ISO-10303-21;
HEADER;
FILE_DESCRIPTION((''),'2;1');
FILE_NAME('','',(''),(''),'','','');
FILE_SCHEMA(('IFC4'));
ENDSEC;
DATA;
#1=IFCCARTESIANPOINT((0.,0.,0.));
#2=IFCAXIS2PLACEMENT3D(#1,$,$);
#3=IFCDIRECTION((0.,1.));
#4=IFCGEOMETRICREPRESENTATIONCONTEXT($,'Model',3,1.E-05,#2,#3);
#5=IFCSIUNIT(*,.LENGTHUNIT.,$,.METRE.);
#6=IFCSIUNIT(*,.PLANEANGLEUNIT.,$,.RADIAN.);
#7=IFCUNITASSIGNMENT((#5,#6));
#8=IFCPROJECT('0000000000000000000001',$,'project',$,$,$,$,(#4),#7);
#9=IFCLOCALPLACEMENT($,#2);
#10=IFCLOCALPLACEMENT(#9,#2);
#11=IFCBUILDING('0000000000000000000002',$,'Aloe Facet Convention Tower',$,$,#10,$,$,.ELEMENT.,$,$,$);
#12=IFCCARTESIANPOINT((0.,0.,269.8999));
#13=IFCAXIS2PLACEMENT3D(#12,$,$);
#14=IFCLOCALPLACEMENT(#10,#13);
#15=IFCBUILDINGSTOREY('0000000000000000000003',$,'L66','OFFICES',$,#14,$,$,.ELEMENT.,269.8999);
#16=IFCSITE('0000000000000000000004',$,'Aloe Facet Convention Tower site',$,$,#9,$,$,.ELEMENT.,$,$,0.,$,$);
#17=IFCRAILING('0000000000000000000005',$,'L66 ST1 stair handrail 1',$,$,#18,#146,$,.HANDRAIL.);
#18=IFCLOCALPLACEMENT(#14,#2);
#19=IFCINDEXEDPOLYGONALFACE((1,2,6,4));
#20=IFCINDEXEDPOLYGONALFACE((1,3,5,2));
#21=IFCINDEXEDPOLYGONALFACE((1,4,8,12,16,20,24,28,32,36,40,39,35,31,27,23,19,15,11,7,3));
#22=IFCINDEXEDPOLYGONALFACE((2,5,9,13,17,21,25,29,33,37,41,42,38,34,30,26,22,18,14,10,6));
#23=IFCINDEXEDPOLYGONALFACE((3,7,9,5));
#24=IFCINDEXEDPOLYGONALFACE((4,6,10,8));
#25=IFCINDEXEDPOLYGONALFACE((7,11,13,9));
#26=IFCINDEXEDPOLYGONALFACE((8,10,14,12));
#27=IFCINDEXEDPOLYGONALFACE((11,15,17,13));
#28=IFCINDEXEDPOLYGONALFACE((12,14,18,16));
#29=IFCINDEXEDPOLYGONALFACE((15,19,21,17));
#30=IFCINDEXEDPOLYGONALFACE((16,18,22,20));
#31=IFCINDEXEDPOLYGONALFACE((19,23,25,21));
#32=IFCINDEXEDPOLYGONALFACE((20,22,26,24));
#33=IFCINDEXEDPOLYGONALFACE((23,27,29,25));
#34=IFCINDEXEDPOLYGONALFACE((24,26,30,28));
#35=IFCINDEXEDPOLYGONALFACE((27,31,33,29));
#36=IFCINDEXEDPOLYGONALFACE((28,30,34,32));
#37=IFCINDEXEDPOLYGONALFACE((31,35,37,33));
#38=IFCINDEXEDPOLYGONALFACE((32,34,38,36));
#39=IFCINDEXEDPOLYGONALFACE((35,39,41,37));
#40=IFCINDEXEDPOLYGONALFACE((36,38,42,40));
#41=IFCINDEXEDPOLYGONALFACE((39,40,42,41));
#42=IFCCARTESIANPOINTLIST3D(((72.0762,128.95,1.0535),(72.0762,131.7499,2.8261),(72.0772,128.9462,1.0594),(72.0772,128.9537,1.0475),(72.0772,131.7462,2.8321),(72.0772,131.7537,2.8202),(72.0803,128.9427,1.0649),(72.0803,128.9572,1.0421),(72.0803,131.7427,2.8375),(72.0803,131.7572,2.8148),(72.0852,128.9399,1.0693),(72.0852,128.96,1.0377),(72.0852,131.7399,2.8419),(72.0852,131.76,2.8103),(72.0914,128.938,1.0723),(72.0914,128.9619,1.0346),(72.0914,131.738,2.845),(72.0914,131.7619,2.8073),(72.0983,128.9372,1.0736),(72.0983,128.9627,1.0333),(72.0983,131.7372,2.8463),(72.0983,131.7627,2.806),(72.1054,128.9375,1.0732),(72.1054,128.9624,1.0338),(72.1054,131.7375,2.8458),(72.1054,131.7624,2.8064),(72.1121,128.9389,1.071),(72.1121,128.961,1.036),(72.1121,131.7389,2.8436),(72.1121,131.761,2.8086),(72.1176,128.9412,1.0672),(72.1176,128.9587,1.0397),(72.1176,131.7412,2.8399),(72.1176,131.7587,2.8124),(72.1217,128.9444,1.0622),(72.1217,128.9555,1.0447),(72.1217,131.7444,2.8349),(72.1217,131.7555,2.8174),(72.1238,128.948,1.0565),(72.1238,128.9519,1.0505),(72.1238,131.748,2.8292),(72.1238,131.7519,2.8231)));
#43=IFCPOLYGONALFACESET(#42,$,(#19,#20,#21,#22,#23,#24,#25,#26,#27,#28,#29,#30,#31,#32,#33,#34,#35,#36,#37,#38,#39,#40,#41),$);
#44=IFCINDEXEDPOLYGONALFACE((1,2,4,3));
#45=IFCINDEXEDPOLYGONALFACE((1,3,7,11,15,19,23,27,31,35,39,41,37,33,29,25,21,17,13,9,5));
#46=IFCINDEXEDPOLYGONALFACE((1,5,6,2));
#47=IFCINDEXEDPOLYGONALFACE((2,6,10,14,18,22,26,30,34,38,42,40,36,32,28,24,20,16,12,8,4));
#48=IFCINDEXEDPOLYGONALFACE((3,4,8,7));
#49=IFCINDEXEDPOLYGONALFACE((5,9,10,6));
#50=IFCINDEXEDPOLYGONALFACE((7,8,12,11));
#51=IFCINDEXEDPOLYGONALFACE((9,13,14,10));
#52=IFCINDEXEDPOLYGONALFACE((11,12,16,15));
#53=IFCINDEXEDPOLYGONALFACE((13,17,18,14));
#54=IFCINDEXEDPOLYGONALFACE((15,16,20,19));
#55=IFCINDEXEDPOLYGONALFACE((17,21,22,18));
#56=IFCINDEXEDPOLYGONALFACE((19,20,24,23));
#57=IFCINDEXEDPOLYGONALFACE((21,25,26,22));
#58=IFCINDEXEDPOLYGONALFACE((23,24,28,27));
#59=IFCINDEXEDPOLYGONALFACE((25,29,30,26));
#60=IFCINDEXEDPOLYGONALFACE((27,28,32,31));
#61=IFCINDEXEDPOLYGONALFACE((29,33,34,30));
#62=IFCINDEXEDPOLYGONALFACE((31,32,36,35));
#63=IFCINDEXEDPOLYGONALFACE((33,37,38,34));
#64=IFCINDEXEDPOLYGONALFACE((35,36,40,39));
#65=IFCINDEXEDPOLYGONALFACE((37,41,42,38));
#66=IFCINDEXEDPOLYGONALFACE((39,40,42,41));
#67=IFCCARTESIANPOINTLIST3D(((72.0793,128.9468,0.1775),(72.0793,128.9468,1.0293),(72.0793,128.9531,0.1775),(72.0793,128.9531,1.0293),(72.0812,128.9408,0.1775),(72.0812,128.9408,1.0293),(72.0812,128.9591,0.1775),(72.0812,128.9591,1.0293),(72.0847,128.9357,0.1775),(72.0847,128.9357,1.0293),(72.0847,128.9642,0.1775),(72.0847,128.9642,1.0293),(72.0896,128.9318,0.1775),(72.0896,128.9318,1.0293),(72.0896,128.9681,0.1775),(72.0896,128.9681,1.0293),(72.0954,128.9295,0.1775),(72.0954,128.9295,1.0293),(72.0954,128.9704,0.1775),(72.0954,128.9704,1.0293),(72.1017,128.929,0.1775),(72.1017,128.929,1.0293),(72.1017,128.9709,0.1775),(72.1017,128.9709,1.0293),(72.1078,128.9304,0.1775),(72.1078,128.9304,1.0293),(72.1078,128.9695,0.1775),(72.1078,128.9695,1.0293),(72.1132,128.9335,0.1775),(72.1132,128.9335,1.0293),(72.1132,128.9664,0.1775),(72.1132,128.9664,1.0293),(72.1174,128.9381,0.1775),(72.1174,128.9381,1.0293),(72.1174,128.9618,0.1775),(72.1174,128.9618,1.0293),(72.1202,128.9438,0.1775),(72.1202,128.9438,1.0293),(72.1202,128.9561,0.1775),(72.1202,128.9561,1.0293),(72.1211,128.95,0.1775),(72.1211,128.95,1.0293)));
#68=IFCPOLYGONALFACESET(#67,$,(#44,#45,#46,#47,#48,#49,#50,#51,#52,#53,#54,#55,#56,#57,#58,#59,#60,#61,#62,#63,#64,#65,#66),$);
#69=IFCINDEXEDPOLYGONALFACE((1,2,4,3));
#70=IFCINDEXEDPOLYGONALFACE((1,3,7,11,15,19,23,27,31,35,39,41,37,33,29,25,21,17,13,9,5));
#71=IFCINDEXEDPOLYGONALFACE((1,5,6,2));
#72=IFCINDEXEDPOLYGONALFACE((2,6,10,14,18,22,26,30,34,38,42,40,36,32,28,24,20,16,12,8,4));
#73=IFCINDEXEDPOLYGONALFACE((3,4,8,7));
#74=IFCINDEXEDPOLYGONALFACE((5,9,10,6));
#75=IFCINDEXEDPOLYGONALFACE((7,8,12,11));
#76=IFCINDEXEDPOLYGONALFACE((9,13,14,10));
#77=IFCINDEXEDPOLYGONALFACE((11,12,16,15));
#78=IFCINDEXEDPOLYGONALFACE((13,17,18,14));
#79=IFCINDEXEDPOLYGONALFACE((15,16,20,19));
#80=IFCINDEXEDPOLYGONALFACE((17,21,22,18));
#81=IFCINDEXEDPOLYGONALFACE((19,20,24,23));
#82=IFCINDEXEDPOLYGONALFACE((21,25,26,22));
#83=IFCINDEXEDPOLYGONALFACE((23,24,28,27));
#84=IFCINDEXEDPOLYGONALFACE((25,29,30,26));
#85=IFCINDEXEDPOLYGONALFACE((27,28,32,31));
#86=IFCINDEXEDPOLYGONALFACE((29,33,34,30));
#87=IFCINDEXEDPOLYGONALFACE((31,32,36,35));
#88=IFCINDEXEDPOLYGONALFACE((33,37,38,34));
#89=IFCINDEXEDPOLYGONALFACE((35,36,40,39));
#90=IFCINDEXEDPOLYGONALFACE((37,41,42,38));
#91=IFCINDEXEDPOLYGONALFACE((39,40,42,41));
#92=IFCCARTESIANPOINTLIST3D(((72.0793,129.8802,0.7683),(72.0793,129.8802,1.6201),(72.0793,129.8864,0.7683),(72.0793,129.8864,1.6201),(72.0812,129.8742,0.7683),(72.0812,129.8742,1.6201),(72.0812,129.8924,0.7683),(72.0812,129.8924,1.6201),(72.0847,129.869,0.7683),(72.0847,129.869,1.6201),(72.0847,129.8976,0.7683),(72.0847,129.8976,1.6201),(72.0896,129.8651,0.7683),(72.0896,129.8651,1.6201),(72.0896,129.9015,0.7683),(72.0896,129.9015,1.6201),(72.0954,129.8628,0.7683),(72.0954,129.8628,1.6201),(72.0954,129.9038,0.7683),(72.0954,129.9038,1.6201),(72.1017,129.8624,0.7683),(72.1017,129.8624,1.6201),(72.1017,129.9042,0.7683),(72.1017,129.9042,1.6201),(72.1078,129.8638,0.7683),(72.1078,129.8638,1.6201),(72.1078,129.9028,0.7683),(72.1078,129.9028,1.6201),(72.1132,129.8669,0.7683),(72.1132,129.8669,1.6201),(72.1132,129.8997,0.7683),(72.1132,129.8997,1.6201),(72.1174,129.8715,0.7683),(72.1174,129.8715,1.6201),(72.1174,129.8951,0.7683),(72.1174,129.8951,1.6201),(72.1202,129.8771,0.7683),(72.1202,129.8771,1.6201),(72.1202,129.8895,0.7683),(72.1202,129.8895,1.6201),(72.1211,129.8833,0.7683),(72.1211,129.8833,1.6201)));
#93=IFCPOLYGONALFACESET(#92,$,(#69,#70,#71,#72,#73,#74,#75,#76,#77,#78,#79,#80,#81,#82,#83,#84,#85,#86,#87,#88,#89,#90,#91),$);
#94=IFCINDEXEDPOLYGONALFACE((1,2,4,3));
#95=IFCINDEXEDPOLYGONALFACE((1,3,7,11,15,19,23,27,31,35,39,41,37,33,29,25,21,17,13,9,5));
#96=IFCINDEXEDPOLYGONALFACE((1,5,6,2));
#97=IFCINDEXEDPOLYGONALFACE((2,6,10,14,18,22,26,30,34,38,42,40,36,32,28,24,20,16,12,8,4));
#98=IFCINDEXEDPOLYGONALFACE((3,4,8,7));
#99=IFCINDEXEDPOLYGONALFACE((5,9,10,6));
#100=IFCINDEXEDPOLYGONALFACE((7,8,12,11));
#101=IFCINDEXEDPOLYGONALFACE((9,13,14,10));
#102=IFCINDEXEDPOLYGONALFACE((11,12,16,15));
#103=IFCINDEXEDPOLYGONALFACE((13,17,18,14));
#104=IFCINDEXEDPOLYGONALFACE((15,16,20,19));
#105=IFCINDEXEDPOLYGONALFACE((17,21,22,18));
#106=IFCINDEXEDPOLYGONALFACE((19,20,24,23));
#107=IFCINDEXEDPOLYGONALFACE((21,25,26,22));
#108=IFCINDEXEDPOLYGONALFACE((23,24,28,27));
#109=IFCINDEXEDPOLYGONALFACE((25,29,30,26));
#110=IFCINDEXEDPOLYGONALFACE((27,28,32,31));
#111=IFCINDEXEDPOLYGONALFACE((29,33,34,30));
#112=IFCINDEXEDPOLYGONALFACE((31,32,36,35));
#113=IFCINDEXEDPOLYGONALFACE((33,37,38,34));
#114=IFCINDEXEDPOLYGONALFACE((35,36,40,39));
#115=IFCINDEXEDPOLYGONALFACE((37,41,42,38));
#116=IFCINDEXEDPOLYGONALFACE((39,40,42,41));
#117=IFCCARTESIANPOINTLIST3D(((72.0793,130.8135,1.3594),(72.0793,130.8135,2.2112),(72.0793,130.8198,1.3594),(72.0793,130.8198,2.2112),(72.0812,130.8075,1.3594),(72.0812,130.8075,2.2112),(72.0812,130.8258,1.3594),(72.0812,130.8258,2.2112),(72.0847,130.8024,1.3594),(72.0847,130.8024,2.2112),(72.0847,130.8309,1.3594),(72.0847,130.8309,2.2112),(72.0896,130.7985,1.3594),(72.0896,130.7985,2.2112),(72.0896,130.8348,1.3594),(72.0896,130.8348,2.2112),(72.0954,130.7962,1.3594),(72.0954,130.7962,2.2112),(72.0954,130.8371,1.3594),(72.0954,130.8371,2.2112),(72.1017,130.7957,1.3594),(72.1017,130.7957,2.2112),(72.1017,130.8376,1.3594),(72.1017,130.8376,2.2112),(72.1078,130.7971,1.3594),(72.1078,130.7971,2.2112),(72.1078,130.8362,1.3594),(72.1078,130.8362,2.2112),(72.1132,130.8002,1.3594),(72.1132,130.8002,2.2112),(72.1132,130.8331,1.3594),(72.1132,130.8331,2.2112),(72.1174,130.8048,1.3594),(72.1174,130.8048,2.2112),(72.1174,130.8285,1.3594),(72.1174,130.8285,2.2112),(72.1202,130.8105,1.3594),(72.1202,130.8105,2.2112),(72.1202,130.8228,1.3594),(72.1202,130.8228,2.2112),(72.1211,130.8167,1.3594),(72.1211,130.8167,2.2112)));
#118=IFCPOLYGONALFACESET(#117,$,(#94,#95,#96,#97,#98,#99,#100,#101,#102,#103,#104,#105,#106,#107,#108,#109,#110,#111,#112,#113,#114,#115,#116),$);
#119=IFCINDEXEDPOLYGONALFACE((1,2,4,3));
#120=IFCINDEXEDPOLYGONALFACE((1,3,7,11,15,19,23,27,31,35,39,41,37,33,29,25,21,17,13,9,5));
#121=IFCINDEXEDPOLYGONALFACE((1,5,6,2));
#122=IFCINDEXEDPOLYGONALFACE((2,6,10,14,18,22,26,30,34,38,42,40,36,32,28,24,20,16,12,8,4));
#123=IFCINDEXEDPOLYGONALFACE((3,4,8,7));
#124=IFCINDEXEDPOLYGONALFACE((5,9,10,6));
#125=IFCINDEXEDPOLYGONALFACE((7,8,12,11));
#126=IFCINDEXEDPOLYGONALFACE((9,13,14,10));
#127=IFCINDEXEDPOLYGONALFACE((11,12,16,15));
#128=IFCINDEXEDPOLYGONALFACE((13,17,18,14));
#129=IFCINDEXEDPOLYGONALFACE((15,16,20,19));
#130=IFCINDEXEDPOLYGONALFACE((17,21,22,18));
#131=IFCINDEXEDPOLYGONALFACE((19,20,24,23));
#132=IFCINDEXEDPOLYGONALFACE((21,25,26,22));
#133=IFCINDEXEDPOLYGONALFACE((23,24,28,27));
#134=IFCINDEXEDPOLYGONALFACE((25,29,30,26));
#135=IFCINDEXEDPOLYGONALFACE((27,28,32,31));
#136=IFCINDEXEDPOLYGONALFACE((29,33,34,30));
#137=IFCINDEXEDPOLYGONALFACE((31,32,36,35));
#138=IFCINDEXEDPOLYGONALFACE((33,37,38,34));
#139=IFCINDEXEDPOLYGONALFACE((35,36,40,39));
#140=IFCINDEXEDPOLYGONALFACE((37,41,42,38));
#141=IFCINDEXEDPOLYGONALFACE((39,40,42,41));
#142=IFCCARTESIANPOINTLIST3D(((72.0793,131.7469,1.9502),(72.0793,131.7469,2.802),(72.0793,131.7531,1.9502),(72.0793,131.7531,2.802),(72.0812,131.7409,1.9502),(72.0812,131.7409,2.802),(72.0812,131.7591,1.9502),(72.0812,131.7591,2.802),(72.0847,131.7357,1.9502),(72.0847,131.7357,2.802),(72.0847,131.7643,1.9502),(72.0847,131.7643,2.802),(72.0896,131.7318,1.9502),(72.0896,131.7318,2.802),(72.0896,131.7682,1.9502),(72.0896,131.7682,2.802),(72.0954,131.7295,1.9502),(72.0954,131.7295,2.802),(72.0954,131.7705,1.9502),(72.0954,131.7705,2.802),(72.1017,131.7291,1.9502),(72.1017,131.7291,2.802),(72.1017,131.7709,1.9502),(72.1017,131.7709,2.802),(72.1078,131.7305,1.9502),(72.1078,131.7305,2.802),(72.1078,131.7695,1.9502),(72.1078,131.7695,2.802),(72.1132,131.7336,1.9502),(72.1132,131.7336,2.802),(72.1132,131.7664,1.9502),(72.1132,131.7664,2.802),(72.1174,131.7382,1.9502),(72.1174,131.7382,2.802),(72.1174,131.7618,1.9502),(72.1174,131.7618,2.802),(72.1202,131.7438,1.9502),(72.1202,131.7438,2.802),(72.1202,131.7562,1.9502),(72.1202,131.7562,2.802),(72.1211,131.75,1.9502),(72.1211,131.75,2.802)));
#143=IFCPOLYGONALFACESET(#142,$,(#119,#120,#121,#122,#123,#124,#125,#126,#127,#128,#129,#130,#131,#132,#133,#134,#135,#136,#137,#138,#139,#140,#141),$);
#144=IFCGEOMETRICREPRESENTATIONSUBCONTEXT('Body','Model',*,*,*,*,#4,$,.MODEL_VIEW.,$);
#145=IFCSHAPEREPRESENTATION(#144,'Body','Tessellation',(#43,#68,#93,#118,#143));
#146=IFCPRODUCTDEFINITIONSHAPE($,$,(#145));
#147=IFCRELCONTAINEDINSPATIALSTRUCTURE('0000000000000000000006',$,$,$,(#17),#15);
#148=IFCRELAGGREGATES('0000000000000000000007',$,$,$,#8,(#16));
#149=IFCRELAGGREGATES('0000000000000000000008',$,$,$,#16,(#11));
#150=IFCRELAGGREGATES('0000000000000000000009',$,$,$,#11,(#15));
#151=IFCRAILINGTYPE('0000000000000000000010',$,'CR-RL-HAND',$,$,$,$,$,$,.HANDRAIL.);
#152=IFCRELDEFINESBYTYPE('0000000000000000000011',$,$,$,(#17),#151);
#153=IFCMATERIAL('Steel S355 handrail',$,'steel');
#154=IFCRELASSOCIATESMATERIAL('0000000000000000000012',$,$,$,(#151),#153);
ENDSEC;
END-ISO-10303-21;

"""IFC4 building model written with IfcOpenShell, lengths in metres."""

from ifc_helpers import new_model, si_unit, direction, frame, origin, origin_2d, place, context, subcontext, project, spatial, circle, extrude, material, type_object, element, save


model = new_model("IFC4")

# Units and contexts
model_context = context("Model", 3, precision=1e-05, world=origin(), true_north=direction((0.0, 1.0)))
body_context = subcontext(model_context, "Body", "Model", "MODEL_VIEW")
ifc_project = project(units=[si_unit("LENGTHUNIT", "METRE"), si_unit("PLANEANGLEUNIT", "RADIAN")], contexts=[model_context])

# Site, building, storey
site_placement = place(None, origin())
site = spatial("IfcSite", under=ifc_project, at=site_placement, Name="Aloe Facet Convention Tower site", CompositionType="ELEMENT", RefElevation=0.0)
building_placement = place(site_placement, origin())
building = spatial("IfcBuilding", under=site, at=building_placement, Name="Aloe Facet Convention Tower", CompositionType="ELEMENT")
storey_placement = place(building_placement, frame((0.0, 0.0, 269.8999)))
storey = spatial("IfcBuildingStorey", under=building, at=storey_placement, Name="L66", Description="OFFICES", CompositionType="ELEMENT", Elevation=269.8999)

# Railing
ifc_material_1 = material(Name="Steel S355 handrail", Category="steel")
railing_type_1 = type_object("IfcRailingType", Name="CR-RL-HAND", PredefinedType="HANDRAIL", material=ifc_material_1)
railing_1_placement = place(storey_placement, frame((72.1001, 128.95, 0.1775)))
element("IfcRailing", 1, at=railing_1_placement, inside=storey, type_object=railing_type_1, Name="L66 ST1 stair handrail 1", PredefinedType="HANDRAIL", context=body_context, shape_type="SweptSolid", body=[
    extrude(circle(Radius=0.0239, at=origin_2d()), frame((0.0, 0.0, 0.876), z_axis=(0.0, 0.844909, 0.53491), x_axis=(-1.0, 0.0, 0.0)), (0.0, 0.0, 1.0), 3.314),
    extrude(circle(Radius=0.021, at=origin_2d()), origin(), (0.0, 0.0, 1.0), 0.8518),
    extrude(circle(Radius=0.021, at=origin_2d()), frame((0.0, 0.9333, 0.5908)), (0.0, 0.0, 1.0), 0.8518),
    extrude(circle(Radius=0.021, at=origin_2d()), frame((0.0, 1.8667, 1.1819)), (0.0, 0.0, 1.0), 0.8518),
    extrude(circle(Radius=0.021, at=origin_2d()), frame((0.0, 2.8, 1.7727)), (0.0, 0.0, 1.0), 0.8518),
])

save(model, "model.ifc")
